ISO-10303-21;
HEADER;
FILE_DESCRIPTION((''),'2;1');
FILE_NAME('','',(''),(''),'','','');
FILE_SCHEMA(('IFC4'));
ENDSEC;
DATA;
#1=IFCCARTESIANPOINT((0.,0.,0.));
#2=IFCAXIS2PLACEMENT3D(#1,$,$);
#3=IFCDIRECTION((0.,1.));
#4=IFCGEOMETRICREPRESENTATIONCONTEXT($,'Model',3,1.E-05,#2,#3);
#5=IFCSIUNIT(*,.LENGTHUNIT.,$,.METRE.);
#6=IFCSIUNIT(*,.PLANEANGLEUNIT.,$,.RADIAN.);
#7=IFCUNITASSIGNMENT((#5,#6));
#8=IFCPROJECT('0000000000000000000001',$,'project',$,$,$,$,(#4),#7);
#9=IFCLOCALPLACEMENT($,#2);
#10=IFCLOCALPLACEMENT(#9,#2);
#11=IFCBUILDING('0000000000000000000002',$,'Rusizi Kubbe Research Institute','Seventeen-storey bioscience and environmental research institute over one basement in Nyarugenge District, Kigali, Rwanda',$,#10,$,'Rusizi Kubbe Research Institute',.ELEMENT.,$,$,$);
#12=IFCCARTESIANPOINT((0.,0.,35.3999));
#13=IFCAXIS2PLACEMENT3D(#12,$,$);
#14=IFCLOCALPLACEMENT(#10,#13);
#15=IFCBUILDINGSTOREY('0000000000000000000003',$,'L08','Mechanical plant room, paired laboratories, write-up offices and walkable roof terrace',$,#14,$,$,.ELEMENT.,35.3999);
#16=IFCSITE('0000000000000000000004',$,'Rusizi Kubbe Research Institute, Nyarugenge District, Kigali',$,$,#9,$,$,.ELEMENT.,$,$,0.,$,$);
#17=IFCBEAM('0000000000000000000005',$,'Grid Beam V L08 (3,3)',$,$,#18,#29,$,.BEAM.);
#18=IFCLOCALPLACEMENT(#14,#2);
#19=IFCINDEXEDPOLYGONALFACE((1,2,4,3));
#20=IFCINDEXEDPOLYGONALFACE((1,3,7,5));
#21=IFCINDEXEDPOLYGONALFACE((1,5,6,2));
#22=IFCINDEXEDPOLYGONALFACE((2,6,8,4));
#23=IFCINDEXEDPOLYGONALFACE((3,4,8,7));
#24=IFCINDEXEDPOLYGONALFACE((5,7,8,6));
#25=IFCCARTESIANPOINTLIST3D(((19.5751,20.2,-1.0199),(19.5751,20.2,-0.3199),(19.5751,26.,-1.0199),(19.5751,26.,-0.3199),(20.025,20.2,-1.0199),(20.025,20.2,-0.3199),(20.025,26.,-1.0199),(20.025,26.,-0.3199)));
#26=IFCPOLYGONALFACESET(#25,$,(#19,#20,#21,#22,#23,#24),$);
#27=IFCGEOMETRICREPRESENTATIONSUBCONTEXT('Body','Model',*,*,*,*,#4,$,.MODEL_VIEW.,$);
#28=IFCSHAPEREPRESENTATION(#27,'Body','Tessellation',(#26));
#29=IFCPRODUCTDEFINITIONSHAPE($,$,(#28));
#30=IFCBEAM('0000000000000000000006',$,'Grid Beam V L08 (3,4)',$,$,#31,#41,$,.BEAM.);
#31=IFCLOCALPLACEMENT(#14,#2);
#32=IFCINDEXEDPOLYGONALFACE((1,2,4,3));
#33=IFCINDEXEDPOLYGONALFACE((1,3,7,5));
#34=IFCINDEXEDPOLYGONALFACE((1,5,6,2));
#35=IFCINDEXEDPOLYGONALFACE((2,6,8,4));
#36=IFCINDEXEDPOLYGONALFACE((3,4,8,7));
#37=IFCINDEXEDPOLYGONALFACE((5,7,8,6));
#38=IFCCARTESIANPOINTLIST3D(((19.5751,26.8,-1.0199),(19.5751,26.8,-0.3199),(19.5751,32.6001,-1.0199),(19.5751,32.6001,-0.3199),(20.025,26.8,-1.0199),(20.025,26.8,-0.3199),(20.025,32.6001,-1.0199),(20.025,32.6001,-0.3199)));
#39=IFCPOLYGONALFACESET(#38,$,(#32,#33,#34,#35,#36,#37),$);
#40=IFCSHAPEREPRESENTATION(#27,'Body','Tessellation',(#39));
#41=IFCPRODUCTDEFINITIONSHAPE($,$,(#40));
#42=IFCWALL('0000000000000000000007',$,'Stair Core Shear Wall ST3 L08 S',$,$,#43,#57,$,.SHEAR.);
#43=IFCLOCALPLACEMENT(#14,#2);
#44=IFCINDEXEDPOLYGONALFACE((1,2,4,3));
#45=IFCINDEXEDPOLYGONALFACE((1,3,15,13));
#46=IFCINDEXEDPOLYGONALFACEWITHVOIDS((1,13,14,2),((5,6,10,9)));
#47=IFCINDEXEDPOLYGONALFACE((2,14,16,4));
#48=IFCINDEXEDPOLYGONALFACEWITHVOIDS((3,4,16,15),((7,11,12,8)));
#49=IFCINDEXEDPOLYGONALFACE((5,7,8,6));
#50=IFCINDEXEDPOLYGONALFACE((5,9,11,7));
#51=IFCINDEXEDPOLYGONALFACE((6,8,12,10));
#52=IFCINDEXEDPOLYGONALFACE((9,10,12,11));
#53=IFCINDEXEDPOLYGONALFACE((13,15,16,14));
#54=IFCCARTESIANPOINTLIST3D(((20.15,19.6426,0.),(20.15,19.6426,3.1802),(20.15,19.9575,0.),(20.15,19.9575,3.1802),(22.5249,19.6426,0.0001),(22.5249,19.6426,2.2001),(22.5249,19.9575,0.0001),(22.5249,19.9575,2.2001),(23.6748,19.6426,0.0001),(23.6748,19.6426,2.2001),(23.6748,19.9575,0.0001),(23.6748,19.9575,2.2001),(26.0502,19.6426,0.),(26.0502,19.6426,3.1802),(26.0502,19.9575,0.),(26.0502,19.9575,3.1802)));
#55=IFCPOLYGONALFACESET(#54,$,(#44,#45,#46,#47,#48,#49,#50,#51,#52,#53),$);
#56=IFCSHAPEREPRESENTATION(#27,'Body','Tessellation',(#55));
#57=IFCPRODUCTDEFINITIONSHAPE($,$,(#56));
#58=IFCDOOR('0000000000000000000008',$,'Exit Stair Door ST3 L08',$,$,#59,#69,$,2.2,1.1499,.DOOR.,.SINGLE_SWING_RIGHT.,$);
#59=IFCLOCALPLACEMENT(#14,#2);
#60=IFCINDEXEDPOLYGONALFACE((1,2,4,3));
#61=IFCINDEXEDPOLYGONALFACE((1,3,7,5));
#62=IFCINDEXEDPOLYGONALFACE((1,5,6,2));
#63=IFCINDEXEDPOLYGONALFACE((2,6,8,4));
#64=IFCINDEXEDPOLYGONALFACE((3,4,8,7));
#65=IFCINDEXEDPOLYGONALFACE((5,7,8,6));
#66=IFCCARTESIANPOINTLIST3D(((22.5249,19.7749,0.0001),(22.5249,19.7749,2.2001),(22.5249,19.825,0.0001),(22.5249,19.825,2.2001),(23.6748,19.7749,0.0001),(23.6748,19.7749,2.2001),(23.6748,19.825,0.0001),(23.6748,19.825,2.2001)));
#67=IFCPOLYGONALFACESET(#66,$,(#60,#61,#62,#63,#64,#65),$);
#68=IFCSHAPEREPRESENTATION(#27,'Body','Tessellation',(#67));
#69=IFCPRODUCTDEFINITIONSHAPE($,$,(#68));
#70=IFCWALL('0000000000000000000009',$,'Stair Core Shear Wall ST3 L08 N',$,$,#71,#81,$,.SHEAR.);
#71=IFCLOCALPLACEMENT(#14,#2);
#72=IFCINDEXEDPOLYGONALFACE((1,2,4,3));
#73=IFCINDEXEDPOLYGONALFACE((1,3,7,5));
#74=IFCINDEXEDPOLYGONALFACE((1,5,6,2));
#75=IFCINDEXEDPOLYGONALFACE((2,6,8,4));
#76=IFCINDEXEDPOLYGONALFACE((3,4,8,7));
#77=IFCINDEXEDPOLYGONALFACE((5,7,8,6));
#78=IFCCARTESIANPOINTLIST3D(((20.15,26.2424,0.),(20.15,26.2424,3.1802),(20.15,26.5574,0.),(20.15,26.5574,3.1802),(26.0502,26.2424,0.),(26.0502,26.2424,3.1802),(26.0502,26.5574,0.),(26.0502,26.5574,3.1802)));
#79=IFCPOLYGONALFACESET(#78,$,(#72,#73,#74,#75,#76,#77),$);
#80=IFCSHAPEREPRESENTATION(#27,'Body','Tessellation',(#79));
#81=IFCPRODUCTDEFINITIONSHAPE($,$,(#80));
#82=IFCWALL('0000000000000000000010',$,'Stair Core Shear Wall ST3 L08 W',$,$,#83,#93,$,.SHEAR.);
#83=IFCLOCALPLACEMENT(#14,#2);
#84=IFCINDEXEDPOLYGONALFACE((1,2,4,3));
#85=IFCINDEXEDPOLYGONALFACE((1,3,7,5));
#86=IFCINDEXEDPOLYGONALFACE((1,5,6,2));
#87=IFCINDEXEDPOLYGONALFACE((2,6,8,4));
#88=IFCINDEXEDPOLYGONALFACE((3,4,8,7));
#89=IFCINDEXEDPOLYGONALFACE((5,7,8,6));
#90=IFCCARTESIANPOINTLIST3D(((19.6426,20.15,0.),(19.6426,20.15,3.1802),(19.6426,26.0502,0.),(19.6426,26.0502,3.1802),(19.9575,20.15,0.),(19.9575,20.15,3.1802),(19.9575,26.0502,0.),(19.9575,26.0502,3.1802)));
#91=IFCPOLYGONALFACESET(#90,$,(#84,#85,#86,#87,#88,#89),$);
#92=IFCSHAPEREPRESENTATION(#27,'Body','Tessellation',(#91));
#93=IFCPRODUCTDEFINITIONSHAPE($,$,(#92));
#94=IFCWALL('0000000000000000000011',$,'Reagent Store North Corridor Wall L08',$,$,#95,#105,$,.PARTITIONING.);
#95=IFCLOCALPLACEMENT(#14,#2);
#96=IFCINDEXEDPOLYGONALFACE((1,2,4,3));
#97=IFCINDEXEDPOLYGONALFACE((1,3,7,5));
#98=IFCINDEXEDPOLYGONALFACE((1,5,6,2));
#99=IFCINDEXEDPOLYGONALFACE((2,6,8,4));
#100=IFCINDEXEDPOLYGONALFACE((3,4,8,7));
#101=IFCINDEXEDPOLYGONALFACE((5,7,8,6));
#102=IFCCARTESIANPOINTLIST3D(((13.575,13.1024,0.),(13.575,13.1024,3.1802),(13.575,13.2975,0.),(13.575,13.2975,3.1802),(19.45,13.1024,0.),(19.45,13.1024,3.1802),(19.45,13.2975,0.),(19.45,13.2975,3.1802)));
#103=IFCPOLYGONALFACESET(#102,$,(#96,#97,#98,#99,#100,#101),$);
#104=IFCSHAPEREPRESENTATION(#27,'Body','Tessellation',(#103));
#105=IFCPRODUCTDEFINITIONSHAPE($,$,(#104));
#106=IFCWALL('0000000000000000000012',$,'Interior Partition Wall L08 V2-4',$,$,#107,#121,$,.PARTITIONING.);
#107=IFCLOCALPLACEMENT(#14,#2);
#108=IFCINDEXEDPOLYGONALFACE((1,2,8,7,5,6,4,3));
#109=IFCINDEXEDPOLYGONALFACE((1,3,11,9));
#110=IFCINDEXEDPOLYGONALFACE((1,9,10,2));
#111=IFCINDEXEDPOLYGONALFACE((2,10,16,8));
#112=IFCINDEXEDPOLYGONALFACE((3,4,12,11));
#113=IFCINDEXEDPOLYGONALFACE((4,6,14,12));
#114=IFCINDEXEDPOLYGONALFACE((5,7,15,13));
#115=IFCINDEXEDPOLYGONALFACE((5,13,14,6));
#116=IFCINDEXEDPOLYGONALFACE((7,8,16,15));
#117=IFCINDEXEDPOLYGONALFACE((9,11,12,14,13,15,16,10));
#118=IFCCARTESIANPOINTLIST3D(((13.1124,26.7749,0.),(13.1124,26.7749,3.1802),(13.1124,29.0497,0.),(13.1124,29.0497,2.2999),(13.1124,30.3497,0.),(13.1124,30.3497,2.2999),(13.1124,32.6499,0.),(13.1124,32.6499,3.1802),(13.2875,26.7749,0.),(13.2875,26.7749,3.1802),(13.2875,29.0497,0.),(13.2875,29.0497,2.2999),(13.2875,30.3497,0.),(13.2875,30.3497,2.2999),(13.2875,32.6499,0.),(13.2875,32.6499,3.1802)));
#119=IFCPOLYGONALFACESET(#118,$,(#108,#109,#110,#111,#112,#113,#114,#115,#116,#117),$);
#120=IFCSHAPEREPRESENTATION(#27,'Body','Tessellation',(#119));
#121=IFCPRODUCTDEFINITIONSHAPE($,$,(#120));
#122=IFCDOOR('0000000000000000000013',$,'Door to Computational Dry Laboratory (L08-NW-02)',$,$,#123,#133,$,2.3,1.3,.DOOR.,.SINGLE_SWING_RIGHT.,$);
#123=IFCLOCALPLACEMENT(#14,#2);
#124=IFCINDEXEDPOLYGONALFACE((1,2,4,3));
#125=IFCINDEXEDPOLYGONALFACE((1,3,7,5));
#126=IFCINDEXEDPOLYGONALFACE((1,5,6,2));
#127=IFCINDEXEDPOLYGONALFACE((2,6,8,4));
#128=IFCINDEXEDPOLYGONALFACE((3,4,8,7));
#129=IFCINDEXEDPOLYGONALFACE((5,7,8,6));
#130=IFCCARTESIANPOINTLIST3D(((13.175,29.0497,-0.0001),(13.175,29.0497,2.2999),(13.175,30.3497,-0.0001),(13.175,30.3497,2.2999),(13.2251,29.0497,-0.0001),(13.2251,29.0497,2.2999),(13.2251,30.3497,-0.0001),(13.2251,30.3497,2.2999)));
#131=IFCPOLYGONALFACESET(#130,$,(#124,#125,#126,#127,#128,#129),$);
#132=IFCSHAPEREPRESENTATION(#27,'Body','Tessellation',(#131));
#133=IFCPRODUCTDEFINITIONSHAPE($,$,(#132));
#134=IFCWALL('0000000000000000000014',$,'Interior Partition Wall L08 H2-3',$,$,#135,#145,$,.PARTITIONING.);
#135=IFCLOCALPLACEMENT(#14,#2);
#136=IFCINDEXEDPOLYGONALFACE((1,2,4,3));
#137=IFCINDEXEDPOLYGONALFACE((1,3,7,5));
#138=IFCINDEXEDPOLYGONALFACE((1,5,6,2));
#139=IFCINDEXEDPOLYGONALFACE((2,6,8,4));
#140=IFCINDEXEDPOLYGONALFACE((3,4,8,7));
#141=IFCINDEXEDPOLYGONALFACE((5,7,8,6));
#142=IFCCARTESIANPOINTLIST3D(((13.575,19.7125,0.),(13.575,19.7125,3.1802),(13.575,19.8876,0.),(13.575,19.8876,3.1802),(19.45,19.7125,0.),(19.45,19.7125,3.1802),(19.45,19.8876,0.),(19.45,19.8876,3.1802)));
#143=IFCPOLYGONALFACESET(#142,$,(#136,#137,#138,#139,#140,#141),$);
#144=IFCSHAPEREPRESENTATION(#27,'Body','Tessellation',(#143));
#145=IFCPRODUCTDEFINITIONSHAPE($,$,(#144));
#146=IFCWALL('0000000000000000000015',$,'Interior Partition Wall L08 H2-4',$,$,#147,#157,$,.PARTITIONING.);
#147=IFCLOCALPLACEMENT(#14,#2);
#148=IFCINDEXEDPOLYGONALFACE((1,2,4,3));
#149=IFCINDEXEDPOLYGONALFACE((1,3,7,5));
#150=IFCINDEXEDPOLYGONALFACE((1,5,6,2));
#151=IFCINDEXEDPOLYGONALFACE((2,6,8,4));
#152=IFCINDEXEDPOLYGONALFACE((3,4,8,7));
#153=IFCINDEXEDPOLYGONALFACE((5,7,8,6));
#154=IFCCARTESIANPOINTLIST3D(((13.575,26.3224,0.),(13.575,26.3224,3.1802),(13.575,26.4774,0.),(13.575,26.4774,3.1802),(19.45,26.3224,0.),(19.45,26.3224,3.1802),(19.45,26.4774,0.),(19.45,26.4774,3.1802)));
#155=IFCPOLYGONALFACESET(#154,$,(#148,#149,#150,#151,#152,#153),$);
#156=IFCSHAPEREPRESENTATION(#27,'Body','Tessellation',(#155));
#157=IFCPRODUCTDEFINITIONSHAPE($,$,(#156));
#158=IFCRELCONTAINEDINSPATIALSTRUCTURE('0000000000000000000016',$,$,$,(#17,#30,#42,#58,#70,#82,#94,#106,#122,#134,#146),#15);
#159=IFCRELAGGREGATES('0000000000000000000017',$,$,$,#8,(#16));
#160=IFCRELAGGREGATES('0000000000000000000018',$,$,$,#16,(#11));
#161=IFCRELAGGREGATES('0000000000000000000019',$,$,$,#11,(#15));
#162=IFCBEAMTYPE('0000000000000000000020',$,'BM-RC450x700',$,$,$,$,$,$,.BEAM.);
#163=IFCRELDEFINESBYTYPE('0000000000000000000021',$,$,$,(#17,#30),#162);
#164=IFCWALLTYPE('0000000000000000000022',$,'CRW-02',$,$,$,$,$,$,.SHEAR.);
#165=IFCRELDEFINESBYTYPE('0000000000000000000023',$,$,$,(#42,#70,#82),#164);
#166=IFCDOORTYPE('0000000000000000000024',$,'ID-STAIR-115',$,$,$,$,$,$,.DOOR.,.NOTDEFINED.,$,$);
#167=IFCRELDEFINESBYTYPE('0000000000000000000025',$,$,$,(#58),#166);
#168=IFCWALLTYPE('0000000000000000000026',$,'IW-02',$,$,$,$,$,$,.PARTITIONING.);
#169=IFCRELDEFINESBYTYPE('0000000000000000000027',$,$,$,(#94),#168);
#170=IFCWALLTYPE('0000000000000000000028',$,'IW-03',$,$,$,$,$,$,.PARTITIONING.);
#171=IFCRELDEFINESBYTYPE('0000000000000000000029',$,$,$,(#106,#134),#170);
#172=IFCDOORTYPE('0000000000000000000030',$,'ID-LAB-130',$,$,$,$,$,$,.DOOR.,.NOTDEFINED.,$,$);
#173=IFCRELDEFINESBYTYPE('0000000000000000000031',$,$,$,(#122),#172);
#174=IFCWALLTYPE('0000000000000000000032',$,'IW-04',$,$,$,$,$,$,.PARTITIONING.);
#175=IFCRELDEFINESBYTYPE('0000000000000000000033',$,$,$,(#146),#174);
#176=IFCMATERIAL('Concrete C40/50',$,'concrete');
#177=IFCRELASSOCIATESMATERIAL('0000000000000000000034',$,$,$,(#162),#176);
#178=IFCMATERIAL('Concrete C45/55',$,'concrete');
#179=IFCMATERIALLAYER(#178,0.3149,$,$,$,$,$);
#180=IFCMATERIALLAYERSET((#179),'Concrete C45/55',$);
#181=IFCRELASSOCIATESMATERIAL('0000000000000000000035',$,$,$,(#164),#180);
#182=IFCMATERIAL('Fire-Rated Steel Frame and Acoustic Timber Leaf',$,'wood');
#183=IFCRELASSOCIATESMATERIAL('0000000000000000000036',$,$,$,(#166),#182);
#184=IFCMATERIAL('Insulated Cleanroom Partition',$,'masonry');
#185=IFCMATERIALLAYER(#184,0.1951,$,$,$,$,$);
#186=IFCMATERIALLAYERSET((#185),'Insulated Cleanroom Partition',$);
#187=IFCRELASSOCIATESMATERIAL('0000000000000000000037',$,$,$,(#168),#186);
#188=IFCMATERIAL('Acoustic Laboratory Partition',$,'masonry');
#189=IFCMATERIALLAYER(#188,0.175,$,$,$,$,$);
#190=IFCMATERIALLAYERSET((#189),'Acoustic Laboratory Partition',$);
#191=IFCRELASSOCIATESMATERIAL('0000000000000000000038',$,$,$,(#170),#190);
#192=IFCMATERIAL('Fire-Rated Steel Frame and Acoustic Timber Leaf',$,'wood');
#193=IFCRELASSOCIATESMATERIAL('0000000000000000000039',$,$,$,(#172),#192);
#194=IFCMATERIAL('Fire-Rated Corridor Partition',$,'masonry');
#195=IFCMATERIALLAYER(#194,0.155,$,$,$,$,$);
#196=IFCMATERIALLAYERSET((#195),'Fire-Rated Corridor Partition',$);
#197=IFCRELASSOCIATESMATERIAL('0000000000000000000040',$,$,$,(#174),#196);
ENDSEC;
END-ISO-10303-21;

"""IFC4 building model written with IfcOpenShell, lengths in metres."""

from ifc_helpers import new_model, si_unit, direction, frame, frame_2d, origin, origin_2d, place, context, subcontext, project, spatial, rectangle, extrude, material, layer, layer_set, material_profile, profile_set, type_object, element, fill, save


model = new_model("IFC4")

# Units and contexts
model_context = context("Model", 3, precision=1e-05, world=origin(), true_north=direction((0.0, 1.0)))
body_context = subcontext(model_context, "Body", "Model", "MODEL_VIEW")
ifc_project = project(units=[si_unit("LENGTHUNIT", "METRE"), si_unit("PLANEANGLEUNIT", "RADIAN")], contexts=[model_context])

# Site, building, storey
site_placement = place(None, origin())
site = spatial("IfcSite", under=ifc_project, at=site_placement, Name="Rusizi Kubbe Research Institute, Nyarugenge District, Kigali", CompositionType="ELEMENT", RefElevation=0.0)
building_placement = place(site_placement, origin())
building = spatial("IfcBuilding", under=site, at=building_placement, Name="Rusizi Kubbe Research Institute", Description="Seventeen-storey bioscience and environmental research institute over one basement in Nyarugenge District, Kigali, Rwanda", LongName="Rusizi Kubbe Research Institute", CompositionType="ELEMENT")
storey_placement = place(building_placement, frame((0.0, 0.0, 35.3999)))
storey = spatial("IfcBuildingStorey", under=building, at=storey_placement, Name="L08", Description="Mechanical plant room, paired laboratories, write-up offices and walkable roof terrace", CompositionType="ELEMENT", Elevation=35.3999)

# Beams
ifc_material_1 = material(Name="Concrete C40/50", Category="concrete")
ifc_material_profile_1 = material_profile(ifc_material_1, rectangle(XDim=0.45, YDim=0.7, at=origin_2d()), Name="RC450x700B")
ifc_profile_set_1 = profile_set([ifc_material_profile_1], Name="Concrete C40/50")
beam_type = type_object("IfcBeamType", Name="BM-RC450x700", PredefinedType="BEAM", material=ifc_profile_set_1)
for number, where, z_axis, x_axis, name in (
    (1, (19.8, 20.2, -0.6699), (0.0, 1.0, 0.0), (-1.0, 0.0, 0.0), "Grid Beam V L08 (3,3)"),
    (2, (19.8, 26.8, -0.6699), (0.0, 1.0, 0.0), (-1.0, 0.0, 0.0), "Grid Beam V L08 (3,4)"),
):
    element("IfcBeam", number, at=place(storey_placement, frame(where, z_axis=z_axis, x_axis=x_axis)), inside=storey, type_object=beam_type, Name=name, PredefinedType="BEAM", context=body_context, shape_type="SweptSolid", body=[
        extrude(rectangle(XDim=0.45, YDim=0.7, at=origin_2d()), origin(), (0.0, 0.0, 1.0), 5.8),
    ])

# Wall, opening, door
ifc_material_2 = material(Name="Concrete C45/55", Category="concrete")
ifc_layer_1 = layer(ifc_material_2, 0.3149)
ifc_layer_set_1 = layer_set([ifc_layer_1], Name="Concrete C45/55")
wall_type_1 = type_object("IfcWallType", Name="CRW-02", PredefinedType="SHEAR", material=ifc_layer_set_1)
wall_1_placement = place(storey_placement, frame((20.1499, 19.8, 0.0), z_axis=(0.0, 0.0, 1.0), x_axis=(1.0, 0.0, 0.0)))
wall_1 = element("IfcWall", 3, at=wall_1_placement, inside=storey, type_object=wall_type_1, Name="Stair Core Shear Wall ST3 L08 S", PredefinedType="SHEAR", context=body_context, shape_type="SweptSolid", body=[
    extrude(rectangle(XDim=5.9001, YDim=0.3149, at=frame_2d((2.9502, 0.0))), origin(), (0.0, 0.0, 1.0), 3.1802),
])
opening_1_placement = place(wall_1_placement, frame((2.375, 0.0, 0.0)))
opening_1 = element("IfcOpeningElement", 4, at=opening_1_placement, cuts=wall_1, PredefinedType="OPENING", context=body_context, shape_type="SweptSolid", body=[
    extrude(rectangle(XDim=1.1499, YDim=2.2, at=frame_2d((0.575, 1.1001))), frame((0.0, 0.1675, 0.0), z_axis=(0.0, -1.0, 0.0), x_axis=(1.0, 0.0, 0.0)), (0.0, 0.0, 1.0), 0.335),
])
ifc_material_3 = material(Name="Fire-Rated Steel Frame and Acoustic Timber Leaf", Category="wood")
door_type_1 = type_object("IfcDoorType", Name="ID-STAIR-115", OperationType="NOTDEFINED", PredefinedType="DOOR", material=ifc_material_3)
door_1_placement = place(opening_1_placement, origin())
door_1 = element("IfcDoor", 5, at=door_1_placement, inside=storey, type_object=door_type_1, Name="Exit Stair Door ST3 L08", OperationType="SINGLE_SWING_RIGHT", OverallHeight=2.2, OverallWidth=1.1499, PredefinedType="DOOR", context=body_context, shape_type="SweptSolid", body=[
    extrude(rectangle(XDim=1.1499, YDim=2.2, at=frame_2d((0.575, 1.1001))), frame((0.0, 0.0249, 0.0), z_axis=(0.0, -1.0, 0.0), x_axis=(1.0, 0.0, 0.0)), (0.0, 0.0, 1.0), 0.05),
])
fill(opening_1, door_1)

# Walls
for number, where, z_axis, x_axis, name in (
    (6, (20.1499, 26.3999, 0.0), (0.0, 0.0, 1.0), (1.0, 0.0, 0.0), "Stair Core Shear Wall ST3 L08 N"),
    (7, (19.8, 20.1499, 0.0), (0.0, 0.0, 1.0), (0.0, 1.0, 0.0), "Stair Core Shear Wall ST3 L08 W"),
):
    element("IfcWall", number, at=place(storey_placement, frame(where, z_axis=z_axis, x_axis=x_axis)), inside=storey, type_object=wall_type_1, Name=name, PredefinedType="SHEAR", context=body_context, shape_type="SweptSolid", body=[
        extrude(rectangle(XDim=5.9001, YDim=0.3149, at=frame_2d((2.9502, 0.0))), origin(), (0.0, 0.0, 1.0), 3.1802),
    ])
ifc_material_4 = material(Name="Insulated Cleanroom Partition", Category="masonry")
ifc_layer_2 = layer(ifc_material_4, 0.1951)
ifc_layer_set_2 = layer_set([ifc_layer_2], Name="Insulated Cleanroom Partition")
wall_type_2 = type_object("IfcWallType", Name="IW-02", PredefinedType="PARTITIONING", material=ifc_layer_set_2)
wall_2_placement = place(storey_placement, frame((13.575, 13.2, 0.0), z_axis=(0.0, 0.0, 1.0), x_axis=(1.0, 0.0, 0.0)))
element("IfcWall", 8, at=wall_2_placement, inside=storey, type_object=wall_type_2, Name="Reagent Store North Corridor Wall L08", PredefinedType="PARTITIONING", context=body_context, shape_type="SweptSolid", body=[
    extrude(rectangle(XDim=5.875, YDim=0.1951, at=frame_2d((2.9375, 0.0))), origin(), (0.0, 0.0, 1.0), 3.1802),
])

# Wall, opening, door
ifc_material_5 = material(Name="Acoustic Laboratory Partition", Category="masonry")
ifc_layer_3 = layer(ifc_material_5, 0.175)
ifc_layer_set_3 = layer_set([ifc_layer_3], Name="Acoustic Laboratory Partition")
wall_type_3 = type_object("IfcWallType", Name="IW-03", PredefinedType="PARTITIONING", material=ifc_layer_set_3)
wall_3_placement = place(storey_placement, frame((13.2, 26.7749, 0.0), z_axis=(0.0, 0.0, 1.0), x_axis=(0.0, 1.0, 0.0)))
wall_3 = element("IfcWall", 9, at=wall_3_placement, inside=storey, type_object=wall_type_3, Name="Interior Partition Wall L08 V2-4", PredefinedType="PARTITIONING", context=body_context, shape_type="SweptSolid", body=[
    extrude(rectangle(XDim=5.875, YDim=0.175, at=frame_2d((2.9375, 0.0))), origin(), (0.0, 0.0, 1.0), 3.1802),
])
opening_2_placement = place(wall_3_placement, frame((2.2749, 0.0, 0.0)))
opening_2 = element("IfcOpeningElement", 10, at=opening_2_placement, cuts=wall_3, PredefinedType="OPENING", context=body_context, shape_type="SweptSolid", body=[
    extrude(rectangle(XDim=1.3, YDim=2.3, at=frame_2d((0.6499, 1.1499))), frame((0.0, 0.0974, 0.0), z_axis=(0.0, -1.0, 0.0), x_axis=(1.0, 0.0, 0.0)), (0.0, 0.0, 1.0), 0.1951),
])
ifc_material_6 = material(Name="Fire-Rated Steel Frame and Acoustic Timber Leaf", Category="wood")
door_type_2 = type_object("IfcDoorType", Name="ID-LAB-130", OperationType="NOTDEFINED", PredefinedType="DOOR", material=ifc_material_6)
door_2_placement = place(opening_2_placement, origin())
door_2 = element("IfcDoor", 11, at=door_2_placement, inside=storey, type_object=door_type_2, Name="Door to Computational Dry Laboratory (L08-NW-02)", OperationType="SINGLE_SWING_RIGHT", OverallHeight=2.3, OverallWidth=1.3, PredefinedType="DOOR", context=body_context, shape_type="SweptSolid", body=[
    extrude(rectangle(XDim=1.3, YDim=2.3, at=frame_2d((0.6499, 1.1499))), frame((0.0, 0.0249, 0.0), z_axis=(0.0, -1.0, 0.0), x_axis=(1.0, 0.0, 0.0)), (0.0, 0.0, 1.0), 0.05),
])
fill(opening_2, door_2)

# Walls
wall_4_placement = place(storey_placement, frame((13.575, 19.8, 0.0), z_axis=(0.0, 0.0, 1.0), x_axis=(1.0, 0.0, 0.0)))
element("IfcWall", 12, at=wall_4_placement, inside=storey, type_object=wall_type_3, Name="Interior Partition Wall L08 H2-3", PredefinedType="PARTITIONING", context=body_context, shape_type="SweptSolid", body=[
    extrude(rectangle(XDim=5.875, YDim=0.175, at=frame_2d((2.9375, 0.0))), origin(), (0.0, 0.0, 1.0), 3.1802),
])
ifc_material_7 = material(Name="Fire-Rated Corridor Partition", Category="masonry")
ifc_layer_4 = layer(ifc_material_7, 0.155)
ifc_layer_set_4 = layer_set([ifc_layer_4], Name="Fire-Rated Corridor Partition")
wall_type_4 = type_object("IfcWallType", Name="IW-04", PredefinedType="PARTITIONING", material=ifc_layer_set_4)
wall_5_placement = place(storey_placement, frame((13.575, 26.3999, 0.0), z_axis=(0.0, 0.0, 1.0), x_axis=(1.0, 0.0, 0.0)))
element("IfcWall", 13, at=wall_5_placement, inside=storey, type_object=wall_type_4, Name="Interior Partition Wall L08 H2-4", PredefinedType="PARTITIONING", context=body_context, shape_type="SweptSolid", body=[
    extrude(rectangle(XDim=5.875, YDim=0.155, at=frame_2d((2.9375, 0.0))), origin(), (0.0, 0.0, 1.0), 3.1802),
])

save(model, "model.ifc")
